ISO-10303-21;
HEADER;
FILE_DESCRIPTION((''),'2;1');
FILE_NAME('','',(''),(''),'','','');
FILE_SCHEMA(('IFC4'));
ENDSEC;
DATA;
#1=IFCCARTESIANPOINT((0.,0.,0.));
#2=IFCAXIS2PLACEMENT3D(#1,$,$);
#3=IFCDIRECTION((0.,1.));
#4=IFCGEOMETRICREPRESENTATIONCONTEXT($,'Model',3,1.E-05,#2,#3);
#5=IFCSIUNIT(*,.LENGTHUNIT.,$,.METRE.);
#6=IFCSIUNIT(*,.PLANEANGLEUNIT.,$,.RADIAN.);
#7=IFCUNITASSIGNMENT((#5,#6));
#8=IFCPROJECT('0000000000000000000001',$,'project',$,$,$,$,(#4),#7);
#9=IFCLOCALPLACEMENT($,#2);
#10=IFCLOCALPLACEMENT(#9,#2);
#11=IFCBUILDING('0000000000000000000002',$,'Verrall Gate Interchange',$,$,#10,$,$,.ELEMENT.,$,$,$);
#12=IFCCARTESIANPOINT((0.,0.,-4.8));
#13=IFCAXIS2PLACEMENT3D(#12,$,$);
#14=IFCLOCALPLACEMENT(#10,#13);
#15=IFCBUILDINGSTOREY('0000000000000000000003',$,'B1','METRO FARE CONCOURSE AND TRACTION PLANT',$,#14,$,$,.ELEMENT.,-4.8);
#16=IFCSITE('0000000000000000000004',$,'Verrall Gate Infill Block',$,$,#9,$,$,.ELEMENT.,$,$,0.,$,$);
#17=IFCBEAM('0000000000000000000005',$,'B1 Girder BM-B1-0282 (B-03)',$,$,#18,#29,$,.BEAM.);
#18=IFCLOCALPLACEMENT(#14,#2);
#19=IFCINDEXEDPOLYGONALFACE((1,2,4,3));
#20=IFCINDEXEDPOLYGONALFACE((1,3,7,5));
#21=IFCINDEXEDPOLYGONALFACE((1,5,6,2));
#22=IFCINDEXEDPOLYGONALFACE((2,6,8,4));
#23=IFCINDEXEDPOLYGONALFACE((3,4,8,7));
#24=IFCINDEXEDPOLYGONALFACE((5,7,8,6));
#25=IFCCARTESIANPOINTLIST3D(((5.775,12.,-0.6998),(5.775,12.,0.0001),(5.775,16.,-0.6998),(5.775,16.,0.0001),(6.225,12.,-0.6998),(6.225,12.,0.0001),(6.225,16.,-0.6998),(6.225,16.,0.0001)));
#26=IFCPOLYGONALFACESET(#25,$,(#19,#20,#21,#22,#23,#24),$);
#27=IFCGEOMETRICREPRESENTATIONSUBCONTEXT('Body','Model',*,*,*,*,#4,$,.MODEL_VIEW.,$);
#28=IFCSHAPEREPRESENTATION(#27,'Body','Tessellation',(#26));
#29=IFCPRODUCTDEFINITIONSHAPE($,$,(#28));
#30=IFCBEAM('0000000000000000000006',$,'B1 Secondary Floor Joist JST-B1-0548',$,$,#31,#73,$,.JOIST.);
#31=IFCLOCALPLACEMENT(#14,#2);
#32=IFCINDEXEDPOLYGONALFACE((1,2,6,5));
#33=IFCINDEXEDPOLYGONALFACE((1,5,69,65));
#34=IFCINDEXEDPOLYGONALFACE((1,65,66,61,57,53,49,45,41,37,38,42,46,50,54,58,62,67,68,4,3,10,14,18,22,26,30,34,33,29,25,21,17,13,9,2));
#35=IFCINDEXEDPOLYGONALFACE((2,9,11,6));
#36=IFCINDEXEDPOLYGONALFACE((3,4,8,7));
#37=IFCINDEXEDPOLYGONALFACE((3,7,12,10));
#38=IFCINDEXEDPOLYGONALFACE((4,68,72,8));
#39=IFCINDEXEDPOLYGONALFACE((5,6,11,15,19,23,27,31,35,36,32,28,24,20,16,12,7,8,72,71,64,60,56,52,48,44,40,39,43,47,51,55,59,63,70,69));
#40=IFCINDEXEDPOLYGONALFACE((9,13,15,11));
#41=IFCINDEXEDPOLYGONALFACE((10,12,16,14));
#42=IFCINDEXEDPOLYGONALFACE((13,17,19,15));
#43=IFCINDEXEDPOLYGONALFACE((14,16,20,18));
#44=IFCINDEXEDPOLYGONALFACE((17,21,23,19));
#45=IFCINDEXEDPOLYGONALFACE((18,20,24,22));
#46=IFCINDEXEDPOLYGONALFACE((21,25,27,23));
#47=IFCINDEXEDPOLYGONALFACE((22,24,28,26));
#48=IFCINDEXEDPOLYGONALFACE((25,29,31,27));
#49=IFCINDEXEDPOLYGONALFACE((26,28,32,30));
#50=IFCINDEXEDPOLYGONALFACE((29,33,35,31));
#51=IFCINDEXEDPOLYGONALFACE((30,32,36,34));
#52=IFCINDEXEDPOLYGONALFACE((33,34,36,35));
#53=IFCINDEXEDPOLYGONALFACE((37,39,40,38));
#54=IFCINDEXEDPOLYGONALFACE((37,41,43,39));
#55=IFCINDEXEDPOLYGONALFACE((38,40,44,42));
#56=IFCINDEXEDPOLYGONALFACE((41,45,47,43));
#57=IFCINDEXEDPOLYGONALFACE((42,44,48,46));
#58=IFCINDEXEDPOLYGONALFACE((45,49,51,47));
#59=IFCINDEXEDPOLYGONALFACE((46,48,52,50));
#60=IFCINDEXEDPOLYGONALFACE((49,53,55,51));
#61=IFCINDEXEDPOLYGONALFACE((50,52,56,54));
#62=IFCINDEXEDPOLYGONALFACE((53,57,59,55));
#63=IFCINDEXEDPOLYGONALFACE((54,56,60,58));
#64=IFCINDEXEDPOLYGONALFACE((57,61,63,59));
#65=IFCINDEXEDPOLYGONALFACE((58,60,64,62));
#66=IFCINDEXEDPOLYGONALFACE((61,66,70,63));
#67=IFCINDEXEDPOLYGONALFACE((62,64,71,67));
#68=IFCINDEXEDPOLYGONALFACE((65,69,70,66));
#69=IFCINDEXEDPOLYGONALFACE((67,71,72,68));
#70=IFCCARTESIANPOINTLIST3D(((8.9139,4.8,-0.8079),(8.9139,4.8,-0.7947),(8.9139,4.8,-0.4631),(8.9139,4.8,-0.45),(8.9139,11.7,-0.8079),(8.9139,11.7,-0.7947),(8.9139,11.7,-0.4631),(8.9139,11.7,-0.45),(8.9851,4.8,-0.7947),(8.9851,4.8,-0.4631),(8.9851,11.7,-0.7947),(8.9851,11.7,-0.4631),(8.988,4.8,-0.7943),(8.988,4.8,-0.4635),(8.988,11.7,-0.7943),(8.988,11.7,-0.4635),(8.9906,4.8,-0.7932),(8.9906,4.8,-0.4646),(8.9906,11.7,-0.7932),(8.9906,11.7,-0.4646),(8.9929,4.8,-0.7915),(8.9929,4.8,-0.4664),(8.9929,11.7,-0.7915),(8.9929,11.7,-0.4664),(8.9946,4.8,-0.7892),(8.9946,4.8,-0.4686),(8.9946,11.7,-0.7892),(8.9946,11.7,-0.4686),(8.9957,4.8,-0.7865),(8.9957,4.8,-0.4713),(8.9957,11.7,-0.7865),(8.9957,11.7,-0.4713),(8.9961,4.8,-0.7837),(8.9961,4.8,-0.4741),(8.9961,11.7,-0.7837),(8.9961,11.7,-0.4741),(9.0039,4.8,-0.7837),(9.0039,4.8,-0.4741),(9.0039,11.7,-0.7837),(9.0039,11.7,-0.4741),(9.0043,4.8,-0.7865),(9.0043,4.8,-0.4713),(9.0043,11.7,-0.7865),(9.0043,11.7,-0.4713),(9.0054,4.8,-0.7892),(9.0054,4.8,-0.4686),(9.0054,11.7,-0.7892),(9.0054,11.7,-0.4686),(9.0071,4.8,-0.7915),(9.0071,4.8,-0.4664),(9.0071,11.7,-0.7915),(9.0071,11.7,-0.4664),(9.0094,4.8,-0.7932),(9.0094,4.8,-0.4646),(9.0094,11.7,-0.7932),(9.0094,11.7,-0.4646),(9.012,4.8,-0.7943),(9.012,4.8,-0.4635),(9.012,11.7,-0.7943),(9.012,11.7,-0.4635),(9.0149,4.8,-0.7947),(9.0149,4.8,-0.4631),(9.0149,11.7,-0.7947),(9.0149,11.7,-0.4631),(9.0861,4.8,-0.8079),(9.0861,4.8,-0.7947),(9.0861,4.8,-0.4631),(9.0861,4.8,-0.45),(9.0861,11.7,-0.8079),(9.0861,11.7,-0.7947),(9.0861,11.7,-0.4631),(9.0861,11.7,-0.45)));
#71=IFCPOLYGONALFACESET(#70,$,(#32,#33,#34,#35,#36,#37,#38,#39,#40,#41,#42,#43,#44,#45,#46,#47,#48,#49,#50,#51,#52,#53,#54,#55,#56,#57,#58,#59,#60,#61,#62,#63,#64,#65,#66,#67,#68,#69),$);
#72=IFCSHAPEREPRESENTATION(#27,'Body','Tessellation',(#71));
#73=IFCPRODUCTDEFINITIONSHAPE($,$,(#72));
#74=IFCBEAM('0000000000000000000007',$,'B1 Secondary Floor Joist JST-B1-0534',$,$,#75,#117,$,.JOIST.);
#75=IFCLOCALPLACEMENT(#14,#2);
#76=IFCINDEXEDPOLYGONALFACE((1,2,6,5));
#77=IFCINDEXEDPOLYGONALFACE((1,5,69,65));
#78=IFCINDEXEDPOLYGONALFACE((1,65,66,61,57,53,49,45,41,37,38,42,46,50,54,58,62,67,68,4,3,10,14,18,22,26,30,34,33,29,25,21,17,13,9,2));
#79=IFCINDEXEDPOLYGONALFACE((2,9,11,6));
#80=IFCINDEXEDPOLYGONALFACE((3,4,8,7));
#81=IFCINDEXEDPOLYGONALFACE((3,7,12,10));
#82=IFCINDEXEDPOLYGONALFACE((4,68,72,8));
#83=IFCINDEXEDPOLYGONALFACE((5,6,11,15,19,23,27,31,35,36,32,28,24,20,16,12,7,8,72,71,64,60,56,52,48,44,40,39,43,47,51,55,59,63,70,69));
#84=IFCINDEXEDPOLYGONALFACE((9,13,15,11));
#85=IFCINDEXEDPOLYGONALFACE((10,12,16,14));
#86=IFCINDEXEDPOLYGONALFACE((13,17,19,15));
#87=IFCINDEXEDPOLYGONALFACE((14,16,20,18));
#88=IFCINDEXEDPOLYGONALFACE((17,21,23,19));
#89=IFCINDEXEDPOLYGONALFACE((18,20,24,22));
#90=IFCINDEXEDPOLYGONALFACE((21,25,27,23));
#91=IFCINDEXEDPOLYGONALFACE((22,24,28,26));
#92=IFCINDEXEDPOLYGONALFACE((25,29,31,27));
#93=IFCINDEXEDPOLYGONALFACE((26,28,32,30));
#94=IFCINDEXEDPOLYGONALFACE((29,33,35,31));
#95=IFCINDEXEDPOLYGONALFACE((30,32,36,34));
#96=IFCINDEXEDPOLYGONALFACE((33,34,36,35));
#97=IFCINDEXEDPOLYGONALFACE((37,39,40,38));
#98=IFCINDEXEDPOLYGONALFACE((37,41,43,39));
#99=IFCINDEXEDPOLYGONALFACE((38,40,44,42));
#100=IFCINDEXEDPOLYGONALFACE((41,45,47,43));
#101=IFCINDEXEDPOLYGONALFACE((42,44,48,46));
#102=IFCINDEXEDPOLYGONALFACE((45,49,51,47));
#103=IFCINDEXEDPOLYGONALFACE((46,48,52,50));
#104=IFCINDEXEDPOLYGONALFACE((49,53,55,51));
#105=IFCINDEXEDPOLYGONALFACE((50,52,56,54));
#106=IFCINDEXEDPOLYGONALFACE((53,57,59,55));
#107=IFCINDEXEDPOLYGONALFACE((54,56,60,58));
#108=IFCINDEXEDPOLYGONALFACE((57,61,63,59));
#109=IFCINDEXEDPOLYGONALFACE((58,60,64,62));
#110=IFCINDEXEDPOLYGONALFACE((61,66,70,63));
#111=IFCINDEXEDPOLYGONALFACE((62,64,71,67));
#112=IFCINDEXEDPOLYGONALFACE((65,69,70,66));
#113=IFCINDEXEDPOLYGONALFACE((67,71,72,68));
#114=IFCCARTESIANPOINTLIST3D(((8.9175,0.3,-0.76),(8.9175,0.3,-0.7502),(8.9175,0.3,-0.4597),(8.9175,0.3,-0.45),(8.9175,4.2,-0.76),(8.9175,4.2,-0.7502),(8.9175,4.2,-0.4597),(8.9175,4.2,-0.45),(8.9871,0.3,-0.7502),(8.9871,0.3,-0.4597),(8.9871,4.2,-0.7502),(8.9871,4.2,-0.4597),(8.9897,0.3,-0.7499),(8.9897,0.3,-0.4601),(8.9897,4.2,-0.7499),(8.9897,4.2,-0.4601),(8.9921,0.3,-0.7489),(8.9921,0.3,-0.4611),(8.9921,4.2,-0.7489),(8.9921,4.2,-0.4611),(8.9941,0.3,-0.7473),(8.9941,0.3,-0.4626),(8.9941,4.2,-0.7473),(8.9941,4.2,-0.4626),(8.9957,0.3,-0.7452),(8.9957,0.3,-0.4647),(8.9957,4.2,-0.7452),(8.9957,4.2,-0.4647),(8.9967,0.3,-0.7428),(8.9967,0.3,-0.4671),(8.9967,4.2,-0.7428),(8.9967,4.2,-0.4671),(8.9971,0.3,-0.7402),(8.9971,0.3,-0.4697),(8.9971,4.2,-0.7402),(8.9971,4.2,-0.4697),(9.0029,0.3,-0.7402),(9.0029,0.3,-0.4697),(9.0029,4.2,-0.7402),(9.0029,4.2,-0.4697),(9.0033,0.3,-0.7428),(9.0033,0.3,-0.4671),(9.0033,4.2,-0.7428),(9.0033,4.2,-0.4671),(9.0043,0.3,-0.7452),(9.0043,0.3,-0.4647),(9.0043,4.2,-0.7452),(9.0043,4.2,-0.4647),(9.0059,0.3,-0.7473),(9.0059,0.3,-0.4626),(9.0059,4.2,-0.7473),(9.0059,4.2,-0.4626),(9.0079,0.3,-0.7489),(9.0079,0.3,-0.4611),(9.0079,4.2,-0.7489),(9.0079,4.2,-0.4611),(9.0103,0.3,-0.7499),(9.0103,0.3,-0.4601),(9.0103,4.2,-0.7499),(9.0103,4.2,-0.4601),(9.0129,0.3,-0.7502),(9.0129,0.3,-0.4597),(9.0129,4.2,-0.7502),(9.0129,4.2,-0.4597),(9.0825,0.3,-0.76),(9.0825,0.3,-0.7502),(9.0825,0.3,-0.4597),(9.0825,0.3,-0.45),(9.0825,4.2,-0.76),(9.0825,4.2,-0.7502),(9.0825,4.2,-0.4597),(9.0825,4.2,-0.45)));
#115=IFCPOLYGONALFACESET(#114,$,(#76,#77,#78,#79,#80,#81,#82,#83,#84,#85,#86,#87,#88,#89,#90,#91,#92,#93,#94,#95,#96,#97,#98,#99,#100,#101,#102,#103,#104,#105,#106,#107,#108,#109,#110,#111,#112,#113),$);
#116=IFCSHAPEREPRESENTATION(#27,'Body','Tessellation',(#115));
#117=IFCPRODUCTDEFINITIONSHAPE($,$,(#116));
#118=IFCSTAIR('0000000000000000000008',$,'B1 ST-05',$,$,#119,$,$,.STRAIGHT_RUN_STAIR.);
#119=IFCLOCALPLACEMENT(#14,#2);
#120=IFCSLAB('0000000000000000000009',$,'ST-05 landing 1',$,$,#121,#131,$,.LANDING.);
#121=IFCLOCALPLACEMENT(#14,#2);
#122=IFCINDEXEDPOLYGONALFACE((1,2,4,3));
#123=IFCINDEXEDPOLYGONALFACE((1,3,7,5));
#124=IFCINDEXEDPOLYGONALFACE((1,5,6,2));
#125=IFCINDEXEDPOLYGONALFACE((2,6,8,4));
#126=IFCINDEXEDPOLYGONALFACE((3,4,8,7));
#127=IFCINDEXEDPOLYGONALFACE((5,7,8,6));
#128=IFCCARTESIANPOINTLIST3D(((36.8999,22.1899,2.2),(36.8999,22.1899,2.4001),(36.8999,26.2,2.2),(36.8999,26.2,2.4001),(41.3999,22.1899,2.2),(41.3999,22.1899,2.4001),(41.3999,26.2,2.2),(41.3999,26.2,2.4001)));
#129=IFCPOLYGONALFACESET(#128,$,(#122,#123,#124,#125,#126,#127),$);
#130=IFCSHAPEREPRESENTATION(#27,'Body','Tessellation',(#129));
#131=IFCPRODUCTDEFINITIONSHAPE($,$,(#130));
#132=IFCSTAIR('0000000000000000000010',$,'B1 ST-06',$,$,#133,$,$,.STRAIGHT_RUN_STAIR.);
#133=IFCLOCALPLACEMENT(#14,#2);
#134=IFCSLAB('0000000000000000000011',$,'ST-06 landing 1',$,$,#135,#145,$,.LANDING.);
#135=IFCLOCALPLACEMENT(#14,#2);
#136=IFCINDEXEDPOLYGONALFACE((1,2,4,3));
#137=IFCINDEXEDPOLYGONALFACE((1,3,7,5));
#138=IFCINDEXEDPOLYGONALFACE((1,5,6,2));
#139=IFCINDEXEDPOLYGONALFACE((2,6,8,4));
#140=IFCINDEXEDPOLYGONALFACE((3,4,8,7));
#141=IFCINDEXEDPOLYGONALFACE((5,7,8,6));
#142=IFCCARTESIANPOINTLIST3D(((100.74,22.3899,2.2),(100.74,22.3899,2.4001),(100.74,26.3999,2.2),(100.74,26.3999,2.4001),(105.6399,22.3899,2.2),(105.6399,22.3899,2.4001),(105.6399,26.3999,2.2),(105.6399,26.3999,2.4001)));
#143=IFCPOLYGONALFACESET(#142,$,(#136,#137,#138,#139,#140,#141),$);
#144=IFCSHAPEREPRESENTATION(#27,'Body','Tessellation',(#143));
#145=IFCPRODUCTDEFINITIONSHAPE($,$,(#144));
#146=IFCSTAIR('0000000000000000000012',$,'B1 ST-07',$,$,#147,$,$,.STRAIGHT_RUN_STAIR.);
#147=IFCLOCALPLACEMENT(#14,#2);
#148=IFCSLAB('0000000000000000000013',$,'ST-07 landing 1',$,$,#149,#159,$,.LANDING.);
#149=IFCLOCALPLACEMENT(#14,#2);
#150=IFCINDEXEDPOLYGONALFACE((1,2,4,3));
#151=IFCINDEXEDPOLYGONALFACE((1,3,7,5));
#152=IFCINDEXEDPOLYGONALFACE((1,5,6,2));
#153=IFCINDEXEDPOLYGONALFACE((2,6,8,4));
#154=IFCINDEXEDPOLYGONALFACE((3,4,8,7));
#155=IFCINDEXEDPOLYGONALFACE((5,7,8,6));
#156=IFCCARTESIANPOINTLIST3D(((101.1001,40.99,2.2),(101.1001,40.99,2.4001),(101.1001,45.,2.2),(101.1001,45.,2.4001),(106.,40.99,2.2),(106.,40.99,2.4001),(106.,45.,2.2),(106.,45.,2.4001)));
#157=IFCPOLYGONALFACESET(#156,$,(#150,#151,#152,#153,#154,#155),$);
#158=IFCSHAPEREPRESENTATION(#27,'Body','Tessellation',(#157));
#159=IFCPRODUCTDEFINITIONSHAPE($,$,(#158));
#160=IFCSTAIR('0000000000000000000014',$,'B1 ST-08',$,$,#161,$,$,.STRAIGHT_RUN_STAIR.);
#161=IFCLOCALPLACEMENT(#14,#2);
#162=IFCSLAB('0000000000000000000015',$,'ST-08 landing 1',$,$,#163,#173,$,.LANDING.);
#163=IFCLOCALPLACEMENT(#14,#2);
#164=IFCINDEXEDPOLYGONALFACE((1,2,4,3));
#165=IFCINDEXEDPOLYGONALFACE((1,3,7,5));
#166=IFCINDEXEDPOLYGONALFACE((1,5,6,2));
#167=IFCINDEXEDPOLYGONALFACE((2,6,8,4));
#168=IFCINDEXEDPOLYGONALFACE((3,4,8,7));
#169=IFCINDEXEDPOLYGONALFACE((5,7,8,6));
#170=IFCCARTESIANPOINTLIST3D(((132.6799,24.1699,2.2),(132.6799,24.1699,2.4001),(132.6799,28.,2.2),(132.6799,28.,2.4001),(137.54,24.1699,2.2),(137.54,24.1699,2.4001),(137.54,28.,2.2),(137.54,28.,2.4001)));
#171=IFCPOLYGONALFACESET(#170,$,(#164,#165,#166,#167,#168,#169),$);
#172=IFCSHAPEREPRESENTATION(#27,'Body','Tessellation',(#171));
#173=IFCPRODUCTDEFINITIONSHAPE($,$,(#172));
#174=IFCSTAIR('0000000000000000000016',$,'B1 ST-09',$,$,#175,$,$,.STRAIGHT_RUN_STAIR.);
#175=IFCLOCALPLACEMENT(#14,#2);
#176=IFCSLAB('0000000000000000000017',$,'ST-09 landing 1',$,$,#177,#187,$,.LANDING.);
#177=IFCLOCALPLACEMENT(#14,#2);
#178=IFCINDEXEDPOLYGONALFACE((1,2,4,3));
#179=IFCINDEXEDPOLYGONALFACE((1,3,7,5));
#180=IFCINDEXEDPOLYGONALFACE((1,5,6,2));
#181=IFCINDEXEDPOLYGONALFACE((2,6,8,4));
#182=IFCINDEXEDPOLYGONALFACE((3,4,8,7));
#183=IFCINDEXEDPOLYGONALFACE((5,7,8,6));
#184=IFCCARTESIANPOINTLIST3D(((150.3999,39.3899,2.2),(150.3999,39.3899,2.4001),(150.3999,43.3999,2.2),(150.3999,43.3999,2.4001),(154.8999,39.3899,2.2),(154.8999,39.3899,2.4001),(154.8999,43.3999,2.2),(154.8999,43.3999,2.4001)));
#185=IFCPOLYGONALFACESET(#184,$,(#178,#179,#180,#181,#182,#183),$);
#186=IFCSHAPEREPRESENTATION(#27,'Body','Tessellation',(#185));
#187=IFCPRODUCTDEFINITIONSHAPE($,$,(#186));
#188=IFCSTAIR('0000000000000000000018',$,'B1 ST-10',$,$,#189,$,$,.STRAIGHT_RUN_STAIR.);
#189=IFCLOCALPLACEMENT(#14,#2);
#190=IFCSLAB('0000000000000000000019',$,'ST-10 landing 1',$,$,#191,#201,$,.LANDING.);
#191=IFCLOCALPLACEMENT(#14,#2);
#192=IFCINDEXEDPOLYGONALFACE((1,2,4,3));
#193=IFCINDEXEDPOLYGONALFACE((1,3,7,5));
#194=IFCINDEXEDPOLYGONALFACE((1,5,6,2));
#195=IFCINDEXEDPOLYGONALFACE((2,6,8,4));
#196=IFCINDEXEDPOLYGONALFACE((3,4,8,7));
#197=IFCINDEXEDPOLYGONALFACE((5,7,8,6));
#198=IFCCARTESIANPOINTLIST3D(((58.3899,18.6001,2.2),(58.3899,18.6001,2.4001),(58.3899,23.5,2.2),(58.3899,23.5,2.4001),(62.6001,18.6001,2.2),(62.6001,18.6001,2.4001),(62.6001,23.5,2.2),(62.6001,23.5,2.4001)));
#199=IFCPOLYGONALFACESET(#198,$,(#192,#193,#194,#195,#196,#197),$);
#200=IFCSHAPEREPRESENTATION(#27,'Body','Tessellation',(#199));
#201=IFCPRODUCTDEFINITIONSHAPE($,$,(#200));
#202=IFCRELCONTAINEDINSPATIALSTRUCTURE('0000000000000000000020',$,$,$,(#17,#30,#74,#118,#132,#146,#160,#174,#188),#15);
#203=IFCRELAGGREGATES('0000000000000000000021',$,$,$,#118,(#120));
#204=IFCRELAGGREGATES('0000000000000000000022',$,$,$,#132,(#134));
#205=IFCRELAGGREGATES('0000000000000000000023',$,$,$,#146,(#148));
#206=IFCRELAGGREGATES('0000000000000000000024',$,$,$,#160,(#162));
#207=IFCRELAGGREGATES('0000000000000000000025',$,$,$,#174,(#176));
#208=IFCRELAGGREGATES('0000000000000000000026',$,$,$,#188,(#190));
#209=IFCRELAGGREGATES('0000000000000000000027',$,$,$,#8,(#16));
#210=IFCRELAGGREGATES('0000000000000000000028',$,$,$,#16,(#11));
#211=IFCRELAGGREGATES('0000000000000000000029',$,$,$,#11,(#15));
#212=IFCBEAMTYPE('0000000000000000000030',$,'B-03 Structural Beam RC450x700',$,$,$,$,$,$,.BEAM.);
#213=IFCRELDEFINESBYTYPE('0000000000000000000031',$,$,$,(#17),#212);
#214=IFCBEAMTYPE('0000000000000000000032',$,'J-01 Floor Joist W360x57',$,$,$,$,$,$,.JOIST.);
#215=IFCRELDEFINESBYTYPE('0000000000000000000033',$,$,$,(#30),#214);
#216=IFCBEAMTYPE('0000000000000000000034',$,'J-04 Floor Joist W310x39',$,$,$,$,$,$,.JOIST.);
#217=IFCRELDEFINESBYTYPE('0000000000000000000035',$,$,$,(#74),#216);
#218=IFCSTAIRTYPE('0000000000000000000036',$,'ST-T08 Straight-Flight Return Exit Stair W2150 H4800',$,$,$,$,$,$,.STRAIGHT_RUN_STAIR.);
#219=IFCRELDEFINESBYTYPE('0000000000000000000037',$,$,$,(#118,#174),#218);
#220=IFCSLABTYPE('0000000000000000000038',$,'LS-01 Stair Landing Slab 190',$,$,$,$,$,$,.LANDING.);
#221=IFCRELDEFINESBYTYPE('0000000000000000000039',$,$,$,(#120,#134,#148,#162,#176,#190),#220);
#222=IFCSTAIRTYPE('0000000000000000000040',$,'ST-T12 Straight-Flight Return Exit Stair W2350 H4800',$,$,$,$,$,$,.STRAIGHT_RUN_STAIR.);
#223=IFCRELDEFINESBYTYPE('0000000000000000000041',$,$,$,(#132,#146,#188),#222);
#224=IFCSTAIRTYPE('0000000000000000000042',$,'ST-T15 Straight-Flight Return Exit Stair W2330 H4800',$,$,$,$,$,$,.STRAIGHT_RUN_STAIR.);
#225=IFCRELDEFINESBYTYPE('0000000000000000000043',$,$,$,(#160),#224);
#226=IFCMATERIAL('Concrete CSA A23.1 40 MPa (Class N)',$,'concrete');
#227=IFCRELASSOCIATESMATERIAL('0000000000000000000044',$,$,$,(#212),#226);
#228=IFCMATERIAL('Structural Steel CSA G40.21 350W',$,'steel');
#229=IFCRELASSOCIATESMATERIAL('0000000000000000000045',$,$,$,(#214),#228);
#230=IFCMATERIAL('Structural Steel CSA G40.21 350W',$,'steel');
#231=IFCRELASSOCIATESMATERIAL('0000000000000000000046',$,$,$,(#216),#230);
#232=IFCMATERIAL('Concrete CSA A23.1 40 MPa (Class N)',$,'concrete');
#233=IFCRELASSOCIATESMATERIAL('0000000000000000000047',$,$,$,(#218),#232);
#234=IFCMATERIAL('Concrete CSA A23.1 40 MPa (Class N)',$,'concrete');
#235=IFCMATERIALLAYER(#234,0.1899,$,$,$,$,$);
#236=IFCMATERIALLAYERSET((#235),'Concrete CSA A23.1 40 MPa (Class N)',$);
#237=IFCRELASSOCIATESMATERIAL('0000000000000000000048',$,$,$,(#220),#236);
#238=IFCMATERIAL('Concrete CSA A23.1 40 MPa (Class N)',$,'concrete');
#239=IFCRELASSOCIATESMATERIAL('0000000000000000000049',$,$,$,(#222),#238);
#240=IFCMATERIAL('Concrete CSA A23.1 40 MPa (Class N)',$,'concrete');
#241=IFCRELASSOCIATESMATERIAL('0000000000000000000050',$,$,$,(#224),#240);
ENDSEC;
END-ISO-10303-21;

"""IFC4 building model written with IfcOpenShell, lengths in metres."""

from ifc_helpers import new_model, si_unit, direction, frame, origin, origin_2d, place, context, subcontext, project, spatial, polyline, rectangle, i_section, outline, extrude, material, layer, layer_set, material_profile, profile_set, type_object, element, aggregate, save


model = new_model("IFC4")

# Units and contexts
model_context = context("Model", 3, precision=1e-05, world=origin(), true_north=direction((0.0, 1.0)))
body_context = subcontext(model_context, "Body", "Model", "MODEL_VIEW")
ifc_project = project(units=[si_unit("LENGTHUNIT", "METRE"), si_unit("PLANEANGLEUNIT", "RADIAN")], contexts=[model_context])

# Site, building, storey
site_placement = place(None, origin())
site = spatial("IfcSite", under=ifc_project, at=site_placement, Name="Verrall Gate Infill Block", CompositionType="ELEMENT", RefElevation=0.0)
building_placement = place(site_placement, origin())
building = spatial("IfcBuilding", under=site, at=building_placement, Name="Verrall Gate Interchange", CompositionType="ELEMENT")
storey_placement = place(building_placement, frame((0.0, 0.0, -4.8)))
storey = spatial("IfcBuildingStorey", under=building, at=storey_placement, Name="B1", Description="METRO FARE CONCOURSE AND TRACTION PLANT", CompositionType="ELEMENT", Elevation=-4.8)

# Beams
ifc_material_1 = material(Name="Concrete CSA A23.1 40 MPa (Class N)", Category="concrete")
ifc_material_profile_1 = material_profile(ifc_material_1, rectangle(XDim=0.45, YDim=0.7, at=origin_2d()), Name="RC450x700")
ifc_profile_set_1 = profile_set([ifc_material_profile_1], Name="Concrete CSA A23.1 40 MPa (Class N)")
beam_type_1 = type_object("IfcBeamType", Name="B-03 Structural Beam RC450x700", PredefinedType="BEAM", material=ifc_profile_set_1)
beam_1_placement = place(storey_placement, frame((6.0, 12.0, -0.3499), z_axis=(0.0, 1.0, 0.0), x_axis=(-1.0, 0.0, 0.0)))
element("IfcBeam", 1, at=beam_1_placement, inside=storey, type_object=beam_type_1, Name="B1 Girder BM-B1-0282 (B-03)", PredefinedType="BEAM", context=body_context, shape_type="SweptSolid", body=[
    extrude(rectangle(XDim=0.45, YDim=0.7, at=origin_2d()), origin(), (0.0, 0.0, 1.0), 4.0),
])
ifc_material_2 = material(Name="Structural Steel CSA G40.21 350W", Category="steel")
ifc_material_profile_2 = material_profile(ifc_material_2, i_section(OverallWidth=0.1721, OverallDepth=0.3579, WebThickness=0.0078, FlangeThickness=0.0132, FilletRadius=0.011, at=origin_2d()), Name="W360x57")
ifc_profile_set_2 = profile_set([ifc_material_profile_2], Name="Structural Steel CSA G40.21 350W")
beam_type_2 = type_object("IfcBeamType", Name="J-01 Floor Joist W360x57", PredefinedType="JOIST", material=ifc_profile_set_2)
beam_2_placement = place(storey_placement, frame((9.0, 4.8, -0.6289), z_axis=(0.0, 1.0, 0.0), x_axis=(-1.0, 0.0, 0.0)))
element("IfcBeam", 2, at=beam_2_placement, inside=storey, type_object=beam_type_2, Name="B1 Secondary Floor Joist JST-B1-0548", PredefinedType="JOIST", context=body_context, shape_type="SweptSolid", body=[
    extrude(i_section(OverallWidth=0.1721, OverallDepth=0.3579, WebThickness=0.0078, FlangeThickness=0.0132, FilletRadius=0.011, at=origin_2d()), origin(), (0.0, 0.0, 1.0), 6.8999),
])
ifc_material_3 = material(Name="Structural Steel CSA G40.21 350W", Category="steel")
ifc_material_profile_3 = material_profile(ifc_material_3, i_section(OverallWidth=0.165, OverallDepth=0.3101, WebThickness=0.0059, FlangeThickness=0.0098, FilletRadius=0.01, at=origin_2d()), Name="W310x39")
ifc_profile_set_3 = profile_set([ifc_material_profile_3], Name="Structural Steel CSA G40.21 350W")
beam_type_3 = type_object("IfcBeamType", Name="J-04 Floor Joist W310x39", PredefinedType="JOIST", material=ifc_profile_set_3)
beam_3_placement = place(storey_placement, frame((9.0, 0.3, -0.605), z_axis=(0.0, 1.0, 0.0), x_axis=(-1.0, 0.0, 0.0)))
element("IfcBeam", 3, at=beam_3_placement, inside=storey, type_object=beam_type_3, Name="B1 Secondary Floor Joist JST-B1-0534", PredefinedType="JOIST", context=body_context, shape_type="SweptSolid", body=[
    extrude(i_section(OverallWidth=0.165, OverallDepth=0.3101, WebThickness=0.0059, FlangeThickness=0.0098, FilletRadius=0.01, at=origin_2d()), origin(), (0.0, 0.0, 1.0), 3.8999),
])

# Stairs, slabs
ifc_material_4 = material(Name="Concrete CSA A23.1 40 MPa (Class N)", Category="concrete")
stair_type_1 = type_object("IfcStairType", Name="ST-T08 Straight-Flight Return Exit Stair W2150 H4800", PredefinedType="STRAIGHT_RUN_STAIR", material=ifc_material_4)
stair_1_placement = place(storey_placement, origin())
stair_1 = element("IfcStair", 4, at=stair_1_placement, inside=storey, type_object=stair_type_1, Name="B1 ST-05", PredefinedType="STRAIGHT_RUN_STAIR")
ifc_material_5 = material(Name="Concrete CSA A23.1 40 MPa (Class N)", Category="concrete")
ifc_layer_1 = layer(ifc_material_5, 0.1899)
ifc_layer_set_1 = layer_set([ifc_layer_1], Name="Concrete CSA A23.1 40 MPa (Class N)")
slab_type = type_object("IfcSlabType", Name="LS-01 Stair Landing Slab 190", PredefinedType="LANDING", material=ifc_layer_set_1)
slab_1_placement = place(storey_placement, frame((0.0, 0.0, 2.2)))
slab_1 = element("IfcSlab", 5, at=slab_1_placement, type_object=slab_type, Name="ST-05 landing 1", PredefinedType="LANDING", context=body_context, shape_type="SweptSolid", body=[
    extrude(outline(polyline([(41.3999, 22.1899), (41.3999, 26.2), (36.8999, 26.2), (36.8999, 22.1899), (41.3999, 22.1899)])), origin(), (0.0, 0.0, 1.0), 0.2002),
])
aggregate(stair_1, [slab_1])
ifc_material_6 = material(Name="Concrete CSA A23.1 40 MPa (Class N)", Category="concrete")
stair_type_2 = type_object("IfcStairType", Name="ST-T12 Straight-Flight Return Exit Stair W2350 H4800", PredefinedType="STRAIGHT_RUN_STAIR", material=ifc_material_6)
stair_2_placement = place(storey_placement, origin())
stair_2 = element("IfcStair", 6, at=stair_2_placement, inside=storey, type_object=stair_type_2, Name="B1 ST-06", PredefinedType="STRAIGHT_RUN_STAIR")
slab_2_placement = place(storey_placement, frame((0.0, 0.0, 2.2)))
slab_2 = element("IfcSlab", 7, at=slab_2_placement, type_object=slab_type, Name="ST-06 landing 1", PredefinedType="LANDING", context=body_context, shape_type="SweptSolid", body=[
    extrude(outline(polyline([(105.6399, 22.3899), (105.6399, 26.3999), (100.74, 26.3999), (100.74, 22.3899), (105.6399, 22.3899)])), origin(), (0.0, 0.0, 1.0), 0.2002),
])
aggregate(stair_2, [slab_2])
stair_3_placement = place(storey_placement, origin())
stair_3 = element("IfcStair", 8, at=stair_3_placement, inside=storey, type_object=stair_type_2, Name="B1 ST-07", PredefinedType="STRAIGHT_RUN_STAIR")
slab_3_placement = place(storey_placement, frame((0.0, 0.0, 2.2)))
slab_3 = element("IfcSlab", 9, at=slab_3_placement, type_object=slab_type, Name="ST-07 landing 1", PredefinedType="LANDING", context=body_context, shape_type="SweptSolid", body=[
    extrude(outline(polyline([(106.0, 40.99), (106.0, 45.0), (101.1001, 45.0), (101.1001, 40.99), (106.0, 40.99)])), origin(), (0.0, 0.0, 1.0), 0.2002),
])
aggregate(stair_3, [slab_3])
ifc_material_7 = material(Name="Concrete CSA A23.1 40 MPa (Class N)", Category="concrete")
stair_type_3 = type_object("IfcStairType", Name="ST-T15 Straight-Flight Return Exit Stair W2330 H4800", PredefinedType="STRAIGHT_RUN_STAIR", material=ifc_material_7)
stair_4_placement = place(storey_placement, origin())
stair_4 = element("IfcStair", 10, at=stair_4_placement, inside=storey, type_object=stair_type_3, Name="B1 ST-08", PredefinedType="STRAIGHT_RUN_STAIR")
slab_4_placement = place(storey_placement, frame((0.0, 0.0, 2.2)))
slab_4 = element("IfcSlab", 11, at=slab_4_placement, type_object=slab_type, Name="ST-08 landing 1", PredefinedType="LANDING", context=body_context, shape_type="SweptSolid", body=[
    extrude(outline(polyline([(137.54, 24.1699), (137.54, 28.0), (132.6799, 28.0), (132.6799, 24.1699), (137.54, 24.1699)])), origin(), (0.0, 0.0, 1.0), 0.2002),
])
aggregate(stair_4, [slab_4])
stair_5_placement = place(storey_placement, origin())
stair_5 = element("IfcStair", 12, at=stair_5_placement, inside=storey, type_object=stair_type_1, Name="B1 ST-09", PredefinedType="STRAIGHT_RUN_STAIR")
slab_5_placement = place(storey_placement, frame((0.0, 0.0, 2.2)))
slab_5 = element("IfcSlab", 13, at=slab_5_placement, type_object=slab_type, Name="ST-09 landing 1", PredefinedType="LANDING", context=body_context, shape_type="SweptSolid", body=[
    extrude(outline(polyline([(154.8999, 39.3899), (154.8999, 43.3999), (150.3999, 43.3999), (150.3999, 39.3899), (154.8999, 39.3899)])), origin(), (0.0, 0.0, 1.0), 0.2002),
])
aggregate(stair_5, [slab_5])
stair_6_placement = place(storey_placement, origin())
stair_6 = element("IfcStair", 14, at=stair_6_placement, inside=storey, type_object=stair_type_2, Name="B1 ST-10", PredefinedType="STRAIGHT_RUN_STAIR")
slab_6_placement = place(storey_placement, frame((0.0, 0.0, 2.2)))
slab_6 = element("IfcSlab", 15, at=slab_6_placement, type_object=slab_type, Name="ST-10 landing 1", PredefinedType="LANDING", context=body_context, shape_type="SweptSolid", body=[
    extrude(outline(polyline([(58.3899, 18.6001), (62.6001, 18.6001), (62.6001, 23.5), (58.3899, 23.5), (58.3899, 18.6001)])), origin(), (0.0, 0.0, 1.0), 0.2002),
])
aggregate(stair_6, [slab_6])

save(model, "model.ifc")
